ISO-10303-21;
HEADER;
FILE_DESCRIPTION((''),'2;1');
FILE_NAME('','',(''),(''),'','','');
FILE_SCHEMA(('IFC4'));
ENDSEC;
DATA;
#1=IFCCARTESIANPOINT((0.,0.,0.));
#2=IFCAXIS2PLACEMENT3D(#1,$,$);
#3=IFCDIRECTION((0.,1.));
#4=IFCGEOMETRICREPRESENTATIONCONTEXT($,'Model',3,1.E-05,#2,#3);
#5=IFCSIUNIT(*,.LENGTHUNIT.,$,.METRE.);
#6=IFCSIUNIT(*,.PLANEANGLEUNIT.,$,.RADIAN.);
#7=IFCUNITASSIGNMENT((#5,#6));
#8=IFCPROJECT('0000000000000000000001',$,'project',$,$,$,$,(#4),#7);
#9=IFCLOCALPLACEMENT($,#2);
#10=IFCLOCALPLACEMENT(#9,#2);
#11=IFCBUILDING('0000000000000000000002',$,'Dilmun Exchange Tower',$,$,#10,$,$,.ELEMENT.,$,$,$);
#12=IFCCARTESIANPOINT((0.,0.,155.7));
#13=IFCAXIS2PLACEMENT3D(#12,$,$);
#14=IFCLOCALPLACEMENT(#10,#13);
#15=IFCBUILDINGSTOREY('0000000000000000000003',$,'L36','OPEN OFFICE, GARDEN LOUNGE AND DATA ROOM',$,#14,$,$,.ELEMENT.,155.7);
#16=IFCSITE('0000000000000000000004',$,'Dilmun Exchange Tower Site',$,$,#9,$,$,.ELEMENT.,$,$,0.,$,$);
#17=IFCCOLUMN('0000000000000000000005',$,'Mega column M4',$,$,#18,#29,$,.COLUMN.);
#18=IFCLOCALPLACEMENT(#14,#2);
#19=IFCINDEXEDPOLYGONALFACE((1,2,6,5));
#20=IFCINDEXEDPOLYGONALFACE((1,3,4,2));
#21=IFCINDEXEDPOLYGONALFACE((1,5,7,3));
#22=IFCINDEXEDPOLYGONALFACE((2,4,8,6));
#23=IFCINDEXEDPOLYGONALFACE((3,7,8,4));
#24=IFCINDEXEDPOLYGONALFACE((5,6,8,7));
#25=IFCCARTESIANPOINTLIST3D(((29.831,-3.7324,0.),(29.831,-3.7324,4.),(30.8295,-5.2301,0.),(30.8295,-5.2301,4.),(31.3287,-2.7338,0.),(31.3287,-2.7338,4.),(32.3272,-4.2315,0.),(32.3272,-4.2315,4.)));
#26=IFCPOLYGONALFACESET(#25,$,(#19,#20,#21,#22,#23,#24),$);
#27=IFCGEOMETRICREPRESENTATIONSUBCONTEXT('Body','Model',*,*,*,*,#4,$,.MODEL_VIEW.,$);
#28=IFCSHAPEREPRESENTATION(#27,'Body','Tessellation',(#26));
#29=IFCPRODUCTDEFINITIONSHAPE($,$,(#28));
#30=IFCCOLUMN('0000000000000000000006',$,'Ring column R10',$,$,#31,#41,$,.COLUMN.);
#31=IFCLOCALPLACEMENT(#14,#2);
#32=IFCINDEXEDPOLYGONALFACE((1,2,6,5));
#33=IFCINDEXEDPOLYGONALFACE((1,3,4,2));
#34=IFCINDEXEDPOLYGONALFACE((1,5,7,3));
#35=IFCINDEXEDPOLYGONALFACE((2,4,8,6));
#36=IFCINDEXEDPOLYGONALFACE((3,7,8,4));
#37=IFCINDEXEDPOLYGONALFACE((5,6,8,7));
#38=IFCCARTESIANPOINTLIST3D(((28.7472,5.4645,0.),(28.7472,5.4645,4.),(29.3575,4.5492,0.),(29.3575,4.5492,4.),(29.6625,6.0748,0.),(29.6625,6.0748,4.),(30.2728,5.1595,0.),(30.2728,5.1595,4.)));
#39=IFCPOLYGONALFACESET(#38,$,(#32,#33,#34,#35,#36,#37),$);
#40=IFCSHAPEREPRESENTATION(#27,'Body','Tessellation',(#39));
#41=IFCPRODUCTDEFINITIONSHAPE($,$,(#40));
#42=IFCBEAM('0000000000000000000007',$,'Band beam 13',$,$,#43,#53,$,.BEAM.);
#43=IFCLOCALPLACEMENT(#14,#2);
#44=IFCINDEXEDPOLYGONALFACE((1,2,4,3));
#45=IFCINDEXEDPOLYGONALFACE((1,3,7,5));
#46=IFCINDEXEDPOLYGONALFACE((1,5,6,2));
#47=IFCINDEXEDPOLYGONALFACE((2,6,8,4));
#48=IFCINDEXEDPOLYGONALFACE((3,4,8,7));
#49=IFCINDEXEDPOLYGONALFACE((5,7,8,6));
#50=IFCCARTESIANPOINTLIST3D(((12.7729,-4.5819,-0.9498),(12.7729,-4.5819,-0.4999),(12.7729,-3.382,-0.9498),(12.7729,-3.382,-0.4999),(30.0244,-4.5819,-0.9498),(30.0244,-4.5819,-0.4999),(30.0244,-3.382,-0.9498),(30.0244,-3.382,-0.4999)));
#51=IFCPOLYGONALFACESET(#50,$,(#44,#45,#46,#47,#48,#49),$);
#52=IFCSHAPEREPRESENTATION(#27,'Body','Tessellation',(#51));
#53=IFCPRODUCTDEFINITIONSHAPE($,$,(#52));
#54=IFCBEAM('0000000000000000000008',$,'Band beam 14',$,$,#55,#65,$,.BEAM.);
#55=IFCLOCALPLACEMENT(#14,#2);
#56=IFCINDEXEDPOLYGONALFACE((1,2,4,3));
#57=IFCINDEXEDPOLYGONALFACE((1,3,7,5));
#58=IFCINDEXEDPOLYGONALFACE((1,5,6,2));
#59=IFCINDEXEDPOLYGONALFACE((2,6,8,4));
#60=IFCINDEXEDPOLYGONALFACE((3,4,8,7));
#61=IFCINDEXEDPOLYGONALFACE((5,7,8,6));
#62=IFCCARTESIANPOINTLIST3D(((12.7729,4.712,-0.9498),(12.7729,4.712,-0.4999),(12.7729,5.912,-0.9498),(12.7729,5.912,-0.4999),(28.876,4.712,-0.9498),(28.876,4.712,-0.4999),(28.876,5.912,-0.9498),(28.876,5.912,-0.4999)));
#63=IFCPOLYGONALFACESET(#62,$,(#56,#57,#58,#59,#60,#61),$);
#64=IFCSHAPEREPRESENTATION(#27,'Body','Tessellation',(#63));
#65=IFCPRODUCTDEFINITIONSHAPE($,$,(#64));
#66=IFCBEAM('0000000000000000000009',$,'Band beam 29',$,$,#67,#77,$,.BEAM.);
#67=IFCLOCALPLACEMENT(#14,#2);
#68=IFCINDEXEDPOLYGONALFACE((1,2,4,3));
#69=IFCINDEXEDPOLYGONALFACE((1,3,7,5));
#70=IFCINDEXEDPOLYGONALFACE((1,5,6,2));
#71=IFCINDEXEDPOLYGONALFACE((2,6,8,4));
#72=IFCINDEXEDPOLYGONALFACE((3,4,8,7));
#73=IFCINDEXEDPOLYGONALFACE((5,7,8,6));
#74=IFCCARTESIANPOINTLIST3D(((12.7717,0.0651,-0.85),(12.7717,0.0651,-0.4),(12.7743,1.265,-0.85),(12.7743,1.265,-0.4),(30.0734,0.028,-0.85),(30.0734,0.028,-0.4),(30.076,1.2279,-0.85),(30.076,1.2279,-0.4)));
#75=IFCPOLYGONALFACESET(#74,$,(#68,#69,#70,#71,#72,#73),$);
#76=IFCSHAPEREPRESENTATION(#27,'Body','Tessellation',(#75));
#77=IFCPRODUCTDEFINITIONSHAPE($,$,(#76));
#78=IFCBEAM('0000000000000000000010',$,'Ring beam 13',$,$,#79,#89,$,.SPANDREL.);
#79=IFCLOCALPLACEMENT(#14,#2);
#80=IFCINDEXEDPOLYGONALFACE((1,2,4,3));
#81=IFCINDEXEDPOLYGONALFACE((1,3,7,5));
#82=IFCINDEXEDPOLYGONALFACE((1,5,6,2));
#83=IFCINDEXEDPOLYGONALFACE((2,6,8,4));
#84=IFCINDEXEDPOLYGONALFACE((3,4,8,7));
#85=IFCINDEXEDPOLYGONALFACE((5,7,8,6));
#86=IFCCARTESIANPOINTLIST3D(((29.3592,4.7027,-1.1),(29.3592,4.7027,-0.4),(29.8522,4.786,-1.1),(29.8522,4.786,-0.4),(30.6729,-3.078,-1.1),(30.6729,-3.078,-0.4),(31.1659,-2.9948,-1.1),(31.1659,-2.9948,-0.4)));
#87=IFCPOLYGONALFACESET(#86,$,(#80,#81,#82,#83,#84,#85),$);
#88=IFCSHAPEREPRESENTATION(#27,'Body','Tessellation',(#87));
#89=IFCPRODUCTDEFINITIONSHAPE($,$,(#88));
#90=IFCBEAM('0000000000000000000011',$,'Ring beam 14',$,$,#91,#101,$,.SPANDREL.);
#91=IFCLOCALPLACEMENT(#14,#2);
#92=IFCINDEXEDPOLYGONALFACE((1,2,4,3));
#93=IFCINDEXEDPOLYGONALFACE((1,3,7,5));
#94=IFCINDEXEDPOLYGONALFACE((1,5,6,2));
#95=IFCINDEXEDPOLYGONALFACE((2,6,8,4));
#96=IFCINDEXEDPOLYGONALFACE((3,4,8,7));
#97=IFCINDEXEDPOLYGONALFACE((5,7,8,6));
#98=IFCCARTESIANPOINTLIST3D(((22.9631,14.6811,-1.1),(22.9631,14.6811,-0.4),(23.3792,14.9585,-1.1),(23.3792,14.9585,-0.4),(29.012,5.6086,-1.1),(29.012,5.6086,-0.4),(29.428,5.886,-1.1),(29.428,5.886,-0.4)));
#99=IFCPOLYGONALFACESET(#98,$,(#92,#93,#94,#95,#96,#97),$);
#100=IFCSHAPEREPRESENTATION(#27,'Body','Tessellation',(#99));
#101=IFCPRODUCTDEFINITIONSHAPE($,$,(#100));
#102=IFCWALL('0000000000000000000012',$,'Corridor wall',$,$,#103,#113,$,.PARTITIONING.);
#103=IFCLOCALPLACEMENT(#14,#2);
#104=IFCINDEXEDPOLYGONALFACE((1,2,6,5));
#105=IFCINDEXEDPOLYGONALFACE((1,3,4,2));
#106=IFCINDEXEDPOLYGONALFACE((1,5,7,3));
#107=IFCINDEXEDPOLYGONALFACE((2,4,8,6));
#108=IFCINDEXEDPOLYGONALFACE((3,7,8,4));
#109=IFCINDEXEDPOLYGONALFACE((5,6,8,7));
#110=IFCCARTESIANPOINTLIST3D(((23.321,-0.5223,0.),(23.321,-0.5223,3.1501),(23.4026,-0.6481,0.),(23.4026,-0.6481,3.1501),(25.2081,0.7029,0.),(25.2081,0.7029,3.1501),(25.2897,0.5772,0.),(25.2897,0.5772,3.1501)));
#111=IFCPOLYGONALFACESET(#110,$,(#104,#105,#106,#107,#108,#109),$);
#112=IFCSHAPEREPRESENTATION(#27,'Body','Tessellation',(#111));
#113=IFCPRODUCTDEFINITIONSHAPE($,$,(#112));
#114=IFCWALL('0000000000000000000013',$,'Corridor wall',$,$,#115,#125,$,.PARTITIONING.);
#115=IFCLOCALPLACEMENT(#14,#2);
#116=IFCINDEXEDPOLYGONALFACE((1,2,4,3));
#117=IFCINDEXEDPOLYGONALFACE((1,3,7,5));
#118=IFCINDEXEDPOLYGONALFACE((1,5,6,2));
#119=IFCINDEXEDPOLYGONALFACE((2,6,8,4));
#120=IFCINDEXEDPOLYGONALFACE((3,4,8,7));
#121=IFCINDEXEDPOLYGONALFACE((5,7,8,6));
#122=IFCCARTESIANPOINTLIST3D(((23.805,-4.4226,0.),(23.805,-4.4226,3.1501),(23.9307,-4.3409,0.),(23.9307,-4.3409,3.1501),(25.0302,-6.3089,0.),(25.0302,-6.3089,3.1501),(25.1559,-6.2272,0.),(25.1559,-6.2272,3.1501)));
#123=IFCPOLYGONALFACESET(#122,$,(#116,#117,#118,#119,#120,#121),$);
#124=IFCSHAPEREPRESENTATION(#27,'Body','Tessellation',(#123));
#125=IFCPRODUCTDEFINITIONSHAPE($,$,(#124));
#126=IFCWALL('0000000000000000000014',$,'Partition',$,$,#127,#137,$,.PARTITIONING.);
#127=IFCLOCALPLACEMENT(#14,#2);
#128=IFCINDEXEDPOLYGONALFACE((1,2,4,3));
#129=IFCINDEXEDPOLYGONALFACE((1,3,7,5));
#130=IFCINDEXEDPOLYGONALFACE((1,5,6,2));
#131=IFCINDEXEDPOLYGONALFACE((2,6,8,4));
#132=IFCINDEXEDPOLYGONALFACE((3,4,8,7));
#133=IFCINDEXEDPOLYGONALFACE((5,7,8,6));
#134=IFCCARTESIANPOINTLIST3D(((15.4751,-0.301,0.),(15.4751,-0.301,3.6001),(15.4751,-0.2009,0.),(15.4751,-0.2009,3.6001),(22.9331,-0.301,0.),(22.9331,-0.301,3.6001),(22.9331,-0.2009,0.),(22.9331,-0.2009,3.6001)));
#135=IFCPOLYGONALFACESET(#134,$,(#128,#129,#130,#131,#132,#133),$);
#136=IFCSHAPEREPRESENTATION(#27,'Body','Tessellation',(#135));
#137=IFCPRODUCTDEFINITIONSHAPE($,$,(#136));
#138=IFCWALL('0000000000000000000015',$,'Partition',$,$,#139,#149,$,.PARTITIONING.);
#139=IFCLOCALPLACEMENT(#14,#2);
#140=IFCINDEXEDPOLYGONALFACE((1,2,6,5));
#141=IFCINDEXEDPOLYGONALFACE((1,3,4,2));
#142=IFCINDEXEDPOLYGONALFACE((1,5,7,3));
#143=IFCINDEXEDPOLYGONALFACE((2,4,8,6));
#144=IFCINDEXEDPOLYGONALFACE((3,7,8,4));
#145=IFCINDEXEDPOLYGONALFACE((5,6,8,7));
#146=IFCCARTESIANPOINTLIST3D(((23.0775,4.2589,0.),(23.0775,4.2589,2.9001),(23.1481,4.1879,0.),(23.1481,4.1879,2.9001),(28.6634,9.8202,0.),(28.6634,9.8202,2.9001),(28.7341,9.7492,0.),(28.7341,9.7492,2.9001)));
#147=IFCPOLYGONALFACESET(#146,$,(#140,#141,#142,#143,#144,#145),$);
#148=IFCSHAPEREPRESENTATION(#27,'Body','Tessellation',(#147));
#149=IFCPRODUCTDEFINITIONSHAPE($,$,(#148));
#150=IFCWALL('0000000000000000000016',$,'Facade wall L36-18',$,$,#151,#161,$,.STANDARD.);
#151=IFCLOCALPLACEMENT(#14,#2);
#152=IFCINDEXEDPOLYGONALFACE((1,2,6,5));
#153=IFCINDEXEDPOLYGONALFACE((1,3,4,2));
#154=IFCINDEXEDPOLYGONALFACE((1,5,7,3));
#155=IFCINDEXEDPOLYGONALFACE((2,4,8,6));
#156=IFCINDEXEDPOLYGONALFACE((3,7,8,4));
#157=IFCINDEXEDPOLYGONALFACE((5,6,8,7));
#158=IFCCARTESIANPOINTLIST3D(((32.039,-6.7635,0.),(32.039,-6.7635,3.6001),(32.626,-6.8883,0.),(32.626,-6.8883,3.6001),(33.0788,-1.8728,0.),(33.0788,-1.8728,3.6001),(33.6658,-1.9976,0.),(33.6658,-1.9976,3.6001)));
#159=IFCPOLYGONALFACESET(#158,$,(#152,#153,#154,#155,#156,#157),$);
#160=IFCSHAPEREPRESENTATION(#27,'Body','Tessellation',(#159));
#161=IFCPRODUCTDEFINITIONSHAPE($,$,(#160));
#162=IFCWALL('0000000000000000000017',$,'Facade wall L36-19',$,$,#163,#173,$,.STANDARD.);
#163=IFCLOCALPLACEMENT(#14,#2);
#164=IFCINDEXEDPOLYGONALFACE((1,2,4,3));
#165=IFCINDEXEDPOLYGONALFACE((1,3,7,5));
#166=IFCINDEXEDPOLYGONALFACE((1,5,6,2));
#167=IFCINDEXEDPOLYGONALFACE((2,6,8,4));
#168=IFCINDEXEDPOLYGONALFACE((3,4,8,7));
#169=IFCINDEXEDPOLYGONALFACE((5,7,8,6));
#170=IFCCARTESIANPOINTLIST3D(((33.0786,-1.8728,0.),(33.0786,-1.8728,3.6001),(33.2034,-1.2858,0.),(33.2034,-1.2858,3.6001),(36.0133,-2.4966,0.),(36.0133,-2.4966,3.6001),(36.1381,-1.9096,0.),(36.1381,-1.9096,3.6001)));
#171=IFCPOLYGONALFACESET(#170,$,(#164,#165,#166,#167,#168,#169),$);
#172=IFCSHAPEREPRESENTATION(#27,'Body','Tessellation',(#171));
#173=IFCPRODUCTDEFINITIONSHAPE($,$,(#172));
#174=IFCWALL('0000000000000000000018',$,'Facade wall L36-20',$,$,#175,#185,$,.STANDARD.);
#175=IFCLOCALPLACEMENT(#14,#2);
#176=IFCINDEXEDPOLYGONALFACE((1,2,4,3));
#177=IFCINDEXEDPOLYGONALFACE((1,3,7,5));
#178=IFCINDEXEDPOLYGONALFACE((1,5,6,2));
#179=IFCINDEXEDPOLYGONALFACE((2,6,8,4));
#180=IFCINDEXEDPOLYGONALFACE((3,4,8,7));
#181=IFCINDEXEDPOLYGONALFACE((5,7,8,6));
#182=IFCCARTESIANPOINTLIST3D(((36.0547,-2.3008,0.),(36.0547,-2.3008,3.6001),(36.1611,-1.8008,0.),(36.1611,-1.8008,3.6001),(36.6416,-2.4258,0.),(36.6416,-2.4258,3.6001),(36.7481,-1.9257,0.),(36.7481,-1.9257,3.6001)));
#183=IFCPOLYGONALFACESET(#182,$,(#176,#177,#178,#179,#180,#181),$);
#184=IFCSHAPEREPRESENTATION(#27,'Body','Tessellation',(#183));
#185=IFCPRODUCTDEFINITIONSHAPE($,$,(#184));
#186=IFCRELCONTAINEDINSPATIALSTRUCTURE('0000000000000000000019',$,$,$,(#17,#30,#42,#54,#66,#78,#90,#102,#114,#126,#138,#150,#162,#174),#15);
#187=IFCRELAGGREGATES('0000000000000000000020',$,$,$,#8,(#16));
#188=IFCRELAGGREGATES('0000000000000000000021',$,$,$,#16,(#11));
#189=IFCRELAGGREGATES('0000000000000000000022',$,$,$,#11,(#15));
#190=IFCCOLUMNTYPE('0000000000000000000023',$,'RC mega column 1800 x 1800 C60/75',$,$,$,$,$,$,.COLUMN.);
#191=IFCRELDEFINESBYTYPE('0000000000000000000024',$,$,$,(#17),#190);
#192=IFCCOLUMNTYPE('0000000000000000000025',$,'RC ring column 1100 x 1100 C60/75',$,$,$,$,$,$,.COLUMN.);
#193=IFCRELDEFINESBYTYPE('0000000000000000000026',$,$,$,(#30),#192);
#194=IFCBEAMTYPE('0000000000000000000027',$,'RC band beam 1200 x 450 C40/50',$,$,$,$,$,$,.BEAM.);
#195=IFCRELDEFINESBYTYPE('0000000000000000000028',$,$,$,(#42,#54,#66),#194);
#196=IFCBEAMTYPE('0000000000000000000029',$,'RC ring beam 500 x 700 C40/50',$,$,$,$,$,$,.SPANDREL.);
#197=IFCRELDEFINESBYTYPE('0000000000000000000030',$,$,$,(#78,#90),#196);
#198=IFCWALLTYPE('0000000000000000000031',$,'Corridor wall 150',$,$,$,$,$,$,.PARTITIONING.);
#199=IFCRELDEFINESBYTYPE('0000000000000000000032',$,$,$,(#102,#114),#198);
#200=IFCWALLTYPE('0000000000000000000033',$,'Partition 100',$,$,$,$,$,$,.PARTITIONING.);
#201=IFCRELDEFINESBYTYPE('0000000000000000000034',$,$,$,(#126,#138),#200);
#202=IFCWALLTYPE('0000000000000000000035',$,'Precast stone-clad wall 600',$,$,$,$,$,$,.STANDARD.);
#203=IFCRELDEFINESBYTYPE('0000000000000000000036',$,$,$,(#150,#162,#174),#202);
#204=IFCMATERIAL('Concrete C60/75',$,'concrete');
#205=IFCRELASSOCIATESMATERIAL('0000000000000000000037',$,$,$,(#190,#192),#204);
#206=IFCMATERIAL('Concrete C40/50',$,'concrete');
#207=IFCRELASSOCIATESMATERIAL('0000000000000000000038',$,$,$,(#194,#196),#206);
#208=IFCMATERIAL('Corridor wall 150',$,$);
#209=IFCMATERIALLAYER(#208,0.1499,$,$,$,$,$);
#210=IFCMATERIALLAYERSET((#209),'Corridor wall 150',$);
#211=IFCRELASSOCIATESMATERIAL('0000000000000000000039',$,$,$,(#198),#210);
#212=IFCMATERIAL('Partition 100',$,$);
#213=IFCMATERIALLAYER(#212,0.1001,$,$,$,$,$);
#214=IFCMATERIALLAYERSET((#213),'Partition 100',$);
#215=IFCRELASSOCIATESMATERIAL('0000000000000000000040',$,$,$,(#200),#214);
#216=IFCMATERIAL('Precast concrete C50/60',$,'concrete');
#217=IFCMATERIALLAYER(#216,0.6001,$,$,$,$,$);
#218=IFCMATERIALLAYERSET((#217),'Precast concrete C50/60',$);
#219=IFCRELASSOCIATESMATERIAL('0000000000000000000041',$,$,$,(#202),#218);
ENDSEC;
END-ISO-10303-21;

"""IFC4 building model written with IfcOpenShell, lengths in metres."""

from ifc_helpers import new_model, si_unit, direction, frame, frame_2d, origin, origin_2d, place, context, subcontext, project, spatial, rectangle, extrude, material, layer, layer_set, material_profile, profile_set, type_object, element, save


model = new_model("IFC4")

# Units and contexts
model_context = context("Model", 3, precision=1e-05, world=origin(), true_north=direction((0.0, 1.0)))
body_context = subcontext(model_context, "Body", "Model", "MODEL_VIEW")
ifc_project = project(units=[si_unit("LENGTHUNIT", "METRE"), si_unit("PLANEANGLEUNIT", "RADIAN")], contexts=[model_context])

# Site, building, storey
site_placement = place(None, origin())
site = spatial("IfcSite", under=ifc_project, at=site_placement, Name="Dilmun Exchange Tower Site", CompositionType="ELEMENT", RefElevation=0.0)
building_placement = place(site_placement, origin())
building = spatial("IfcBuilding", under=site, at=building_placement, Name="Dilmun Exchange Tower", CompositionType="ELEMENT")
storey_placement = place(building_placement, frame((0.0, 0.0, 155.7)))
storey = spatial("IfcBuildingStorey", under=building, at=storey_placement, Name="L36", Description="OPEN OFFICE, GARDEN LOUNGE AND DATA ROOM", CompositionType="ELEMENT", Elevation=155.7)

# Columns
ifc_material_1 = material(Name="Concrete C60/75", Category="concrete")
ifc_material_profile_1 = material_profile(ifc_material_1, rectangle(XDim=1.8, YDim=1.8, at=origin_2d()), Name="1800 x 1800")
ifc_profile_set_1 = profile_set([ifc_material_profile_1], Name="Concrete C60/75")
column_type_1 = type_object("IfcColumnType", Name="RC mega column 1800 x 1800 C60/75", PredefinedType="COLUMN", material=ifc_profile_set_1)
column_1_placement = place(storey_placement, frame((31.0791, -3.9819, 0.0), z_axis=(0.0, 0.0, 1.0), x_axis=(0.832029, 0.554733, 0.0)))
element("IfcColumn", 1, at=column_1_placement, inside=storey, type_object=column_type_1, Name="Mega column M4", PredefinedType="COLUMN", context=body_context, shape_type="SweptSolid", body=[
    extrude(rectangle(XDim=1.8, YDim=1.8, at=origin_2d()), origin(), (0.0, 0.0, 1.0), 4.0),
])
ifc_material_profile_2 = material_profile(ifc_material_1, rectangle(XDim=1.1001, YDim=1.1001, at=origin_2d()), Name="1100 x 1100")
ifc_profile_set_2 = profile_set([ifc_material_profile_2], Name="Concrete C60/75")
column_type_2 = type_object("IfcColumnType", Name="RC ring column 1100 x 1100 C60/75", PredefinedType="COLUMN", material=ifc_profile_set_2)
column_2_placement = place(storey_placement, frame((29.51, 5.312, 0.0), z_axis=(0.0, 0.0, 1.0), x_axis=(0.832029, 0.554733, 0.0)))
element("IfcColumn", 2, at=column_2_placement, inside=storey, type_object=column_type_2, Name="Ring column R10", PredefinedType="COLUMN", context=body_context, shape_type="SweptSolid", body=[
    extrude(rectangle(XDim=1.1001, YDim=1.1001, at=origin_2d()), origin(), (0.0, 0.0, 1.0), 4.0),
])

# Beams
ifc_material_2 = material(Name="Concrete C40/50", Category="concrete")
ifc_material_profile_3 = material_profile(ifc_material_2, rectangle(XDim=1.2, YDim=0.45, at=origin_2d()), Name="1200 x 450")
ifc_profile_set_3 = profile_set([ifc_material_profile_3], Name="Concrete C40/50")
beam_type_1 = type_object("IfcBeamType", Name="RC band beam 1200 x 450 C40/50", PredefinedType="BEAM", material=ifc_profile_set_3)
beam_1_placement = place(storey_placement, frame((30.0244, -3.9819, -0.7249), z_axis=(-1.0, 0.0, 0.0), x_axis=(0.0, -1.0, 0.0)))
element("IfcBeam", 3, at=beam_1_placement, inside=storey, type_object=beam_type_1, Name="Band beam 13", PredefinedType="BEAM", context=body_context, shape_type="SweptSolid", body=[
    extrude(rectangle(XDim=1.2, YDim=0.45, at=origin_2d()), origin(), (0.0, 0.0, 1.0), 17.2515),
])
beam_2_placement = place(storey_placement, frame((28.876, 5.312, -0.7249), z_axis=(-1.0, 0.0, 0.0), x_axis=(0.0, -1.0, 0.0)))
element("IfcBeam", 4, at=beam_2_placement, inside=storey, type_object=beam_type_1, Name="Band beam 14", PredefinedType="BEAM", context=body_context, shape_type="SweptSolid", body=[
    extrude(rectangle(XDim=1.2, YDim=0.45, at=origin_2d()), origin(), (0.0, 0.0, 1.0), 16.103),
])
beam_3_placement = place(storey_placement, frame((30.0747, 0.6279, -0.625), z_axis=(-0.999998, 0.002145, 0.0), x_axis=(-0.002145, -0.999998, 0.0)))
element("IfcBeam", 5, at=beam_3_placement, inside=storey, type_object=beam_type_1, Name="Band beam 29", PredefinedType="BEAM", context=body_context, shape_type="SweptSolid", body=[
    extrude(rectangle(XDim=1.2, YDim=0.45, at=origin_2d()), origin(), (0.0, 0.0, 1.0), 17.3018),
])
ifc_material_profile_4 = material_profile(ifc_material_2, rectangle(XDim=0.5, YDim=0.7, at=origin_2d()), Name="500 x 700")
ifc_profile_set_4 = profile_set([ifc_material_profile_4], Name="Concrete C40/50")
beam_type_2 = type_object("IfcBeamType", Name="RC ring beam 500 x 700 C40/50", PredefinedType="SPANDREL", material=ifc_profile_set_4)
beam_4_placement = place(storey_placement, frame((30.9194, -3.0364, -0.75), z_axis=(-0.166486, 0.986044, 0.0), x_axis=(-0.986044, -0.166486, 0.0)))
element("IfcBeam", 6, at=beam_4_placement, inside=storey, type_object=beam_type_2, Name="Ring beam 13", PredefinedType="SPANDREL", context=body_context, shape_type="SweptSolid", body=[
    extrude(rectangle(XDim=0.5, YDim=0.7, at=origin_2d()), origin(), (0.0, 0.0, 1.0), 7.8909),
])
beam_5_placement = place(storey_placement, frame((29.22, 5.7473, -0.75), z_axis=(-0.554731, 0.83203, 0.0), x_axis=(-0.83203, -0.554731, 0.0)))
element("IfcBeam", 7, at=beam_5_placement, inside=storey, type_object=beam_type_2, Name="Ring beam 14", PredefinedType="SPANDREL", context=body_context, shape_type="SweptSolid", body=[
    extrude(rectangle(XDim=0.5, YDim=0.7, at=origin_2d()), origin(), (0.0, 0.0, 1.0), 10.9041),
])

# Walls
ifc_material_3 = material(Name="Corridor wall 150")
ifc_layer_1 = layer(ifc_material_3, 0.1499)
ifc_layer_set_1 = layer_set([ifc_layer_1], Name="Corridor wall 150")
wall_type_1 = type_object("IfcWallType", Name="Corridor wall 150", PredefinedType="PARTITIONING", material=ifc_layer_set_1)
wall_1_placement = place(storey_placement, frame((23.3618, -0.5852, 0.0), z_axis=(0.0, 0.0, 1.0), x_axis=(0.838716, 0.544569, 0.0)))
element("IfcWall", 8, at=wall_1_placement, inside=storey, type_object=wall_type_1, Name="Corridor wall", PredefinedType="PARTITIONING", context=body_context, shape_type="SweptSolid", body=[
    extrude(rectangle(XDim=2.25, YDim=0.1499, at=frame_2d((1.125, 0.0))), origin(), (0.0, 0.0, 1.0), 3.1501),
])
wall_2_placement = place(storey_placement, frame((23.8679, -4.3818, 0.0), z_axis=(0.0, 0.0, 1.0), x_axis=(0.544691, -0.838637, 0.0)))
element("IfcWall", 9, at=wall_2_placement, inside=storey, type_object=wall_type_1, Name="Corridor wall", PredefinedType="PARTITIONING", context=body_context, shape_type="SweptSolid", body=[
    extrude(rectangle(XDim=2.2493, YDim=0.1499, at=frame_2d((1.1245, 0.0))), origin(), (0.0, 0.0, 1.0), 3.1501),
])
ifc_material_4 = material(Name="Partition 100")
ifc_layer_2 = layer(ifc_material_4, 0.1001)
ifc_layer_set_2 = layer_set([ifc_layer_2], Name="Partition 100")
wall_type_2 = type_object("IfcWallType", Name="Partition 100", PredefinedType="PARTITIONING", material=ifc_layer_set_2)
wall_3_placement = place(storey_placement, frame((15.4751, -0.251, 0.0), z_axis=(0.0, 0.0, 1.0), x_axis=(1.0, 0.0, 0.0)))
element("IfcWall", 10, at=wall_3_placement, inside=storey, type_object=wall_type_2, Name="Partition", PredefinedType="PARTITIONING", context=body_context, shape_type="SweptSolid", body=[
    extrude(rectangle(XDim=7.458, YDim=0.1001, at=frame_2d((3.729, 0.0))), origin(), (0.0, 0.0, 1.0), 3.6001),
])
wall_4_placement = place(storey_placement, frame((23.1128, 4.2234, 0.0), z_axis=(0.0, 0.0, 1.0), x_axis=(0.708669, 0.705541, 0.0)))
element("IfcWall", 11, at=wall_4_placement, inside=storey, type_object=wall_type_2, Name="Partition", PredefinedType="PARTITIONING", context=body_context, shape_type="SweptSolid", body=[
    extrude(rectangle(XDim=7.8823, YDim=0.1001, at=frame_2d((3.9412, 0.0))), origin(), (0.0, 0.0, 1.0), 2.9001),
])
ifc_material_5 = material(Name="Precast concrete C50/60", Category="concrete")
ifc_layer_3 = layer(ifc_material_5, 0.6001)
ifc_layer_set_3 = layer_set([ifc_layer_3], Name="Precast concrete C50/60")
wall_type_3 = type_object("IfcWallType", Name="Precast stone-clad wall 600", PredefinedType="STANDARD", material=ifc_layer_set_3)
wall_5_placement = place(storey_placement, frame((32.3325, -6.8259, 0.0), z_axis=(0.0, 0.0, 1.0), x_axis=(0.207962, 0.978137, 0.0)))
element("IfcWall", 12, at=wall_5_placement, inside=storey, type_object=wall_type_3, Name="Facade wall L36-18", PredefinedType="STANDARD", context=body_context, shape_type="SweptSolid", body=[
    extrude(rectangle(XDim=5.0, YDim=0.6001, at=frame_2d((2.5, 0.0))), origin(), (0.0, 0.0, 1.0), 3.6001),
])
wall_6_placement = place(storey_placement, frame((33.1411, -1.5793, 0.0), z_axis=(0.0, 0.0, 1.0), x_axis=(0.978146, -0.207917, 0.0)))
element("IfcWall", 13, at=wall_6_placement, inside=storey, type_object=wall_type_3, Name="Facade wall L36-19", PredefinedType="STANDARD", context=body_context, shape_type="SweptSolid", body=[
    extrude(rectangle(XDim=3.0002, YDim=0.6001, at=frame_2d((1.5, 0.0))), origin(), (0.0, 0.0, 1.0), 3.6001),
])
wall_7_placement = place(storey_placement, frame((36.3481, -2.3633, 0.0), z_axis=(0.0, 0.0, 1.0), x_axis=(0.208224, 0.978081, 0.0)))
element("IfcWall", 14, at=wall_7_placement, inside=storey, type_object=wall_type_3, Name="Facade wall L36-20", PredefinedType="STANDARD", context=body_context, shape_type="SweptSolid", body=[
    extrude(rectangle(XDim=0.5112, YDim=0.6001, at=frame_2d((0.2556, 0.0))), origin(), (0.0, 0.0, 1.0), 3.6001),
])

save(model, "model.ifc")
